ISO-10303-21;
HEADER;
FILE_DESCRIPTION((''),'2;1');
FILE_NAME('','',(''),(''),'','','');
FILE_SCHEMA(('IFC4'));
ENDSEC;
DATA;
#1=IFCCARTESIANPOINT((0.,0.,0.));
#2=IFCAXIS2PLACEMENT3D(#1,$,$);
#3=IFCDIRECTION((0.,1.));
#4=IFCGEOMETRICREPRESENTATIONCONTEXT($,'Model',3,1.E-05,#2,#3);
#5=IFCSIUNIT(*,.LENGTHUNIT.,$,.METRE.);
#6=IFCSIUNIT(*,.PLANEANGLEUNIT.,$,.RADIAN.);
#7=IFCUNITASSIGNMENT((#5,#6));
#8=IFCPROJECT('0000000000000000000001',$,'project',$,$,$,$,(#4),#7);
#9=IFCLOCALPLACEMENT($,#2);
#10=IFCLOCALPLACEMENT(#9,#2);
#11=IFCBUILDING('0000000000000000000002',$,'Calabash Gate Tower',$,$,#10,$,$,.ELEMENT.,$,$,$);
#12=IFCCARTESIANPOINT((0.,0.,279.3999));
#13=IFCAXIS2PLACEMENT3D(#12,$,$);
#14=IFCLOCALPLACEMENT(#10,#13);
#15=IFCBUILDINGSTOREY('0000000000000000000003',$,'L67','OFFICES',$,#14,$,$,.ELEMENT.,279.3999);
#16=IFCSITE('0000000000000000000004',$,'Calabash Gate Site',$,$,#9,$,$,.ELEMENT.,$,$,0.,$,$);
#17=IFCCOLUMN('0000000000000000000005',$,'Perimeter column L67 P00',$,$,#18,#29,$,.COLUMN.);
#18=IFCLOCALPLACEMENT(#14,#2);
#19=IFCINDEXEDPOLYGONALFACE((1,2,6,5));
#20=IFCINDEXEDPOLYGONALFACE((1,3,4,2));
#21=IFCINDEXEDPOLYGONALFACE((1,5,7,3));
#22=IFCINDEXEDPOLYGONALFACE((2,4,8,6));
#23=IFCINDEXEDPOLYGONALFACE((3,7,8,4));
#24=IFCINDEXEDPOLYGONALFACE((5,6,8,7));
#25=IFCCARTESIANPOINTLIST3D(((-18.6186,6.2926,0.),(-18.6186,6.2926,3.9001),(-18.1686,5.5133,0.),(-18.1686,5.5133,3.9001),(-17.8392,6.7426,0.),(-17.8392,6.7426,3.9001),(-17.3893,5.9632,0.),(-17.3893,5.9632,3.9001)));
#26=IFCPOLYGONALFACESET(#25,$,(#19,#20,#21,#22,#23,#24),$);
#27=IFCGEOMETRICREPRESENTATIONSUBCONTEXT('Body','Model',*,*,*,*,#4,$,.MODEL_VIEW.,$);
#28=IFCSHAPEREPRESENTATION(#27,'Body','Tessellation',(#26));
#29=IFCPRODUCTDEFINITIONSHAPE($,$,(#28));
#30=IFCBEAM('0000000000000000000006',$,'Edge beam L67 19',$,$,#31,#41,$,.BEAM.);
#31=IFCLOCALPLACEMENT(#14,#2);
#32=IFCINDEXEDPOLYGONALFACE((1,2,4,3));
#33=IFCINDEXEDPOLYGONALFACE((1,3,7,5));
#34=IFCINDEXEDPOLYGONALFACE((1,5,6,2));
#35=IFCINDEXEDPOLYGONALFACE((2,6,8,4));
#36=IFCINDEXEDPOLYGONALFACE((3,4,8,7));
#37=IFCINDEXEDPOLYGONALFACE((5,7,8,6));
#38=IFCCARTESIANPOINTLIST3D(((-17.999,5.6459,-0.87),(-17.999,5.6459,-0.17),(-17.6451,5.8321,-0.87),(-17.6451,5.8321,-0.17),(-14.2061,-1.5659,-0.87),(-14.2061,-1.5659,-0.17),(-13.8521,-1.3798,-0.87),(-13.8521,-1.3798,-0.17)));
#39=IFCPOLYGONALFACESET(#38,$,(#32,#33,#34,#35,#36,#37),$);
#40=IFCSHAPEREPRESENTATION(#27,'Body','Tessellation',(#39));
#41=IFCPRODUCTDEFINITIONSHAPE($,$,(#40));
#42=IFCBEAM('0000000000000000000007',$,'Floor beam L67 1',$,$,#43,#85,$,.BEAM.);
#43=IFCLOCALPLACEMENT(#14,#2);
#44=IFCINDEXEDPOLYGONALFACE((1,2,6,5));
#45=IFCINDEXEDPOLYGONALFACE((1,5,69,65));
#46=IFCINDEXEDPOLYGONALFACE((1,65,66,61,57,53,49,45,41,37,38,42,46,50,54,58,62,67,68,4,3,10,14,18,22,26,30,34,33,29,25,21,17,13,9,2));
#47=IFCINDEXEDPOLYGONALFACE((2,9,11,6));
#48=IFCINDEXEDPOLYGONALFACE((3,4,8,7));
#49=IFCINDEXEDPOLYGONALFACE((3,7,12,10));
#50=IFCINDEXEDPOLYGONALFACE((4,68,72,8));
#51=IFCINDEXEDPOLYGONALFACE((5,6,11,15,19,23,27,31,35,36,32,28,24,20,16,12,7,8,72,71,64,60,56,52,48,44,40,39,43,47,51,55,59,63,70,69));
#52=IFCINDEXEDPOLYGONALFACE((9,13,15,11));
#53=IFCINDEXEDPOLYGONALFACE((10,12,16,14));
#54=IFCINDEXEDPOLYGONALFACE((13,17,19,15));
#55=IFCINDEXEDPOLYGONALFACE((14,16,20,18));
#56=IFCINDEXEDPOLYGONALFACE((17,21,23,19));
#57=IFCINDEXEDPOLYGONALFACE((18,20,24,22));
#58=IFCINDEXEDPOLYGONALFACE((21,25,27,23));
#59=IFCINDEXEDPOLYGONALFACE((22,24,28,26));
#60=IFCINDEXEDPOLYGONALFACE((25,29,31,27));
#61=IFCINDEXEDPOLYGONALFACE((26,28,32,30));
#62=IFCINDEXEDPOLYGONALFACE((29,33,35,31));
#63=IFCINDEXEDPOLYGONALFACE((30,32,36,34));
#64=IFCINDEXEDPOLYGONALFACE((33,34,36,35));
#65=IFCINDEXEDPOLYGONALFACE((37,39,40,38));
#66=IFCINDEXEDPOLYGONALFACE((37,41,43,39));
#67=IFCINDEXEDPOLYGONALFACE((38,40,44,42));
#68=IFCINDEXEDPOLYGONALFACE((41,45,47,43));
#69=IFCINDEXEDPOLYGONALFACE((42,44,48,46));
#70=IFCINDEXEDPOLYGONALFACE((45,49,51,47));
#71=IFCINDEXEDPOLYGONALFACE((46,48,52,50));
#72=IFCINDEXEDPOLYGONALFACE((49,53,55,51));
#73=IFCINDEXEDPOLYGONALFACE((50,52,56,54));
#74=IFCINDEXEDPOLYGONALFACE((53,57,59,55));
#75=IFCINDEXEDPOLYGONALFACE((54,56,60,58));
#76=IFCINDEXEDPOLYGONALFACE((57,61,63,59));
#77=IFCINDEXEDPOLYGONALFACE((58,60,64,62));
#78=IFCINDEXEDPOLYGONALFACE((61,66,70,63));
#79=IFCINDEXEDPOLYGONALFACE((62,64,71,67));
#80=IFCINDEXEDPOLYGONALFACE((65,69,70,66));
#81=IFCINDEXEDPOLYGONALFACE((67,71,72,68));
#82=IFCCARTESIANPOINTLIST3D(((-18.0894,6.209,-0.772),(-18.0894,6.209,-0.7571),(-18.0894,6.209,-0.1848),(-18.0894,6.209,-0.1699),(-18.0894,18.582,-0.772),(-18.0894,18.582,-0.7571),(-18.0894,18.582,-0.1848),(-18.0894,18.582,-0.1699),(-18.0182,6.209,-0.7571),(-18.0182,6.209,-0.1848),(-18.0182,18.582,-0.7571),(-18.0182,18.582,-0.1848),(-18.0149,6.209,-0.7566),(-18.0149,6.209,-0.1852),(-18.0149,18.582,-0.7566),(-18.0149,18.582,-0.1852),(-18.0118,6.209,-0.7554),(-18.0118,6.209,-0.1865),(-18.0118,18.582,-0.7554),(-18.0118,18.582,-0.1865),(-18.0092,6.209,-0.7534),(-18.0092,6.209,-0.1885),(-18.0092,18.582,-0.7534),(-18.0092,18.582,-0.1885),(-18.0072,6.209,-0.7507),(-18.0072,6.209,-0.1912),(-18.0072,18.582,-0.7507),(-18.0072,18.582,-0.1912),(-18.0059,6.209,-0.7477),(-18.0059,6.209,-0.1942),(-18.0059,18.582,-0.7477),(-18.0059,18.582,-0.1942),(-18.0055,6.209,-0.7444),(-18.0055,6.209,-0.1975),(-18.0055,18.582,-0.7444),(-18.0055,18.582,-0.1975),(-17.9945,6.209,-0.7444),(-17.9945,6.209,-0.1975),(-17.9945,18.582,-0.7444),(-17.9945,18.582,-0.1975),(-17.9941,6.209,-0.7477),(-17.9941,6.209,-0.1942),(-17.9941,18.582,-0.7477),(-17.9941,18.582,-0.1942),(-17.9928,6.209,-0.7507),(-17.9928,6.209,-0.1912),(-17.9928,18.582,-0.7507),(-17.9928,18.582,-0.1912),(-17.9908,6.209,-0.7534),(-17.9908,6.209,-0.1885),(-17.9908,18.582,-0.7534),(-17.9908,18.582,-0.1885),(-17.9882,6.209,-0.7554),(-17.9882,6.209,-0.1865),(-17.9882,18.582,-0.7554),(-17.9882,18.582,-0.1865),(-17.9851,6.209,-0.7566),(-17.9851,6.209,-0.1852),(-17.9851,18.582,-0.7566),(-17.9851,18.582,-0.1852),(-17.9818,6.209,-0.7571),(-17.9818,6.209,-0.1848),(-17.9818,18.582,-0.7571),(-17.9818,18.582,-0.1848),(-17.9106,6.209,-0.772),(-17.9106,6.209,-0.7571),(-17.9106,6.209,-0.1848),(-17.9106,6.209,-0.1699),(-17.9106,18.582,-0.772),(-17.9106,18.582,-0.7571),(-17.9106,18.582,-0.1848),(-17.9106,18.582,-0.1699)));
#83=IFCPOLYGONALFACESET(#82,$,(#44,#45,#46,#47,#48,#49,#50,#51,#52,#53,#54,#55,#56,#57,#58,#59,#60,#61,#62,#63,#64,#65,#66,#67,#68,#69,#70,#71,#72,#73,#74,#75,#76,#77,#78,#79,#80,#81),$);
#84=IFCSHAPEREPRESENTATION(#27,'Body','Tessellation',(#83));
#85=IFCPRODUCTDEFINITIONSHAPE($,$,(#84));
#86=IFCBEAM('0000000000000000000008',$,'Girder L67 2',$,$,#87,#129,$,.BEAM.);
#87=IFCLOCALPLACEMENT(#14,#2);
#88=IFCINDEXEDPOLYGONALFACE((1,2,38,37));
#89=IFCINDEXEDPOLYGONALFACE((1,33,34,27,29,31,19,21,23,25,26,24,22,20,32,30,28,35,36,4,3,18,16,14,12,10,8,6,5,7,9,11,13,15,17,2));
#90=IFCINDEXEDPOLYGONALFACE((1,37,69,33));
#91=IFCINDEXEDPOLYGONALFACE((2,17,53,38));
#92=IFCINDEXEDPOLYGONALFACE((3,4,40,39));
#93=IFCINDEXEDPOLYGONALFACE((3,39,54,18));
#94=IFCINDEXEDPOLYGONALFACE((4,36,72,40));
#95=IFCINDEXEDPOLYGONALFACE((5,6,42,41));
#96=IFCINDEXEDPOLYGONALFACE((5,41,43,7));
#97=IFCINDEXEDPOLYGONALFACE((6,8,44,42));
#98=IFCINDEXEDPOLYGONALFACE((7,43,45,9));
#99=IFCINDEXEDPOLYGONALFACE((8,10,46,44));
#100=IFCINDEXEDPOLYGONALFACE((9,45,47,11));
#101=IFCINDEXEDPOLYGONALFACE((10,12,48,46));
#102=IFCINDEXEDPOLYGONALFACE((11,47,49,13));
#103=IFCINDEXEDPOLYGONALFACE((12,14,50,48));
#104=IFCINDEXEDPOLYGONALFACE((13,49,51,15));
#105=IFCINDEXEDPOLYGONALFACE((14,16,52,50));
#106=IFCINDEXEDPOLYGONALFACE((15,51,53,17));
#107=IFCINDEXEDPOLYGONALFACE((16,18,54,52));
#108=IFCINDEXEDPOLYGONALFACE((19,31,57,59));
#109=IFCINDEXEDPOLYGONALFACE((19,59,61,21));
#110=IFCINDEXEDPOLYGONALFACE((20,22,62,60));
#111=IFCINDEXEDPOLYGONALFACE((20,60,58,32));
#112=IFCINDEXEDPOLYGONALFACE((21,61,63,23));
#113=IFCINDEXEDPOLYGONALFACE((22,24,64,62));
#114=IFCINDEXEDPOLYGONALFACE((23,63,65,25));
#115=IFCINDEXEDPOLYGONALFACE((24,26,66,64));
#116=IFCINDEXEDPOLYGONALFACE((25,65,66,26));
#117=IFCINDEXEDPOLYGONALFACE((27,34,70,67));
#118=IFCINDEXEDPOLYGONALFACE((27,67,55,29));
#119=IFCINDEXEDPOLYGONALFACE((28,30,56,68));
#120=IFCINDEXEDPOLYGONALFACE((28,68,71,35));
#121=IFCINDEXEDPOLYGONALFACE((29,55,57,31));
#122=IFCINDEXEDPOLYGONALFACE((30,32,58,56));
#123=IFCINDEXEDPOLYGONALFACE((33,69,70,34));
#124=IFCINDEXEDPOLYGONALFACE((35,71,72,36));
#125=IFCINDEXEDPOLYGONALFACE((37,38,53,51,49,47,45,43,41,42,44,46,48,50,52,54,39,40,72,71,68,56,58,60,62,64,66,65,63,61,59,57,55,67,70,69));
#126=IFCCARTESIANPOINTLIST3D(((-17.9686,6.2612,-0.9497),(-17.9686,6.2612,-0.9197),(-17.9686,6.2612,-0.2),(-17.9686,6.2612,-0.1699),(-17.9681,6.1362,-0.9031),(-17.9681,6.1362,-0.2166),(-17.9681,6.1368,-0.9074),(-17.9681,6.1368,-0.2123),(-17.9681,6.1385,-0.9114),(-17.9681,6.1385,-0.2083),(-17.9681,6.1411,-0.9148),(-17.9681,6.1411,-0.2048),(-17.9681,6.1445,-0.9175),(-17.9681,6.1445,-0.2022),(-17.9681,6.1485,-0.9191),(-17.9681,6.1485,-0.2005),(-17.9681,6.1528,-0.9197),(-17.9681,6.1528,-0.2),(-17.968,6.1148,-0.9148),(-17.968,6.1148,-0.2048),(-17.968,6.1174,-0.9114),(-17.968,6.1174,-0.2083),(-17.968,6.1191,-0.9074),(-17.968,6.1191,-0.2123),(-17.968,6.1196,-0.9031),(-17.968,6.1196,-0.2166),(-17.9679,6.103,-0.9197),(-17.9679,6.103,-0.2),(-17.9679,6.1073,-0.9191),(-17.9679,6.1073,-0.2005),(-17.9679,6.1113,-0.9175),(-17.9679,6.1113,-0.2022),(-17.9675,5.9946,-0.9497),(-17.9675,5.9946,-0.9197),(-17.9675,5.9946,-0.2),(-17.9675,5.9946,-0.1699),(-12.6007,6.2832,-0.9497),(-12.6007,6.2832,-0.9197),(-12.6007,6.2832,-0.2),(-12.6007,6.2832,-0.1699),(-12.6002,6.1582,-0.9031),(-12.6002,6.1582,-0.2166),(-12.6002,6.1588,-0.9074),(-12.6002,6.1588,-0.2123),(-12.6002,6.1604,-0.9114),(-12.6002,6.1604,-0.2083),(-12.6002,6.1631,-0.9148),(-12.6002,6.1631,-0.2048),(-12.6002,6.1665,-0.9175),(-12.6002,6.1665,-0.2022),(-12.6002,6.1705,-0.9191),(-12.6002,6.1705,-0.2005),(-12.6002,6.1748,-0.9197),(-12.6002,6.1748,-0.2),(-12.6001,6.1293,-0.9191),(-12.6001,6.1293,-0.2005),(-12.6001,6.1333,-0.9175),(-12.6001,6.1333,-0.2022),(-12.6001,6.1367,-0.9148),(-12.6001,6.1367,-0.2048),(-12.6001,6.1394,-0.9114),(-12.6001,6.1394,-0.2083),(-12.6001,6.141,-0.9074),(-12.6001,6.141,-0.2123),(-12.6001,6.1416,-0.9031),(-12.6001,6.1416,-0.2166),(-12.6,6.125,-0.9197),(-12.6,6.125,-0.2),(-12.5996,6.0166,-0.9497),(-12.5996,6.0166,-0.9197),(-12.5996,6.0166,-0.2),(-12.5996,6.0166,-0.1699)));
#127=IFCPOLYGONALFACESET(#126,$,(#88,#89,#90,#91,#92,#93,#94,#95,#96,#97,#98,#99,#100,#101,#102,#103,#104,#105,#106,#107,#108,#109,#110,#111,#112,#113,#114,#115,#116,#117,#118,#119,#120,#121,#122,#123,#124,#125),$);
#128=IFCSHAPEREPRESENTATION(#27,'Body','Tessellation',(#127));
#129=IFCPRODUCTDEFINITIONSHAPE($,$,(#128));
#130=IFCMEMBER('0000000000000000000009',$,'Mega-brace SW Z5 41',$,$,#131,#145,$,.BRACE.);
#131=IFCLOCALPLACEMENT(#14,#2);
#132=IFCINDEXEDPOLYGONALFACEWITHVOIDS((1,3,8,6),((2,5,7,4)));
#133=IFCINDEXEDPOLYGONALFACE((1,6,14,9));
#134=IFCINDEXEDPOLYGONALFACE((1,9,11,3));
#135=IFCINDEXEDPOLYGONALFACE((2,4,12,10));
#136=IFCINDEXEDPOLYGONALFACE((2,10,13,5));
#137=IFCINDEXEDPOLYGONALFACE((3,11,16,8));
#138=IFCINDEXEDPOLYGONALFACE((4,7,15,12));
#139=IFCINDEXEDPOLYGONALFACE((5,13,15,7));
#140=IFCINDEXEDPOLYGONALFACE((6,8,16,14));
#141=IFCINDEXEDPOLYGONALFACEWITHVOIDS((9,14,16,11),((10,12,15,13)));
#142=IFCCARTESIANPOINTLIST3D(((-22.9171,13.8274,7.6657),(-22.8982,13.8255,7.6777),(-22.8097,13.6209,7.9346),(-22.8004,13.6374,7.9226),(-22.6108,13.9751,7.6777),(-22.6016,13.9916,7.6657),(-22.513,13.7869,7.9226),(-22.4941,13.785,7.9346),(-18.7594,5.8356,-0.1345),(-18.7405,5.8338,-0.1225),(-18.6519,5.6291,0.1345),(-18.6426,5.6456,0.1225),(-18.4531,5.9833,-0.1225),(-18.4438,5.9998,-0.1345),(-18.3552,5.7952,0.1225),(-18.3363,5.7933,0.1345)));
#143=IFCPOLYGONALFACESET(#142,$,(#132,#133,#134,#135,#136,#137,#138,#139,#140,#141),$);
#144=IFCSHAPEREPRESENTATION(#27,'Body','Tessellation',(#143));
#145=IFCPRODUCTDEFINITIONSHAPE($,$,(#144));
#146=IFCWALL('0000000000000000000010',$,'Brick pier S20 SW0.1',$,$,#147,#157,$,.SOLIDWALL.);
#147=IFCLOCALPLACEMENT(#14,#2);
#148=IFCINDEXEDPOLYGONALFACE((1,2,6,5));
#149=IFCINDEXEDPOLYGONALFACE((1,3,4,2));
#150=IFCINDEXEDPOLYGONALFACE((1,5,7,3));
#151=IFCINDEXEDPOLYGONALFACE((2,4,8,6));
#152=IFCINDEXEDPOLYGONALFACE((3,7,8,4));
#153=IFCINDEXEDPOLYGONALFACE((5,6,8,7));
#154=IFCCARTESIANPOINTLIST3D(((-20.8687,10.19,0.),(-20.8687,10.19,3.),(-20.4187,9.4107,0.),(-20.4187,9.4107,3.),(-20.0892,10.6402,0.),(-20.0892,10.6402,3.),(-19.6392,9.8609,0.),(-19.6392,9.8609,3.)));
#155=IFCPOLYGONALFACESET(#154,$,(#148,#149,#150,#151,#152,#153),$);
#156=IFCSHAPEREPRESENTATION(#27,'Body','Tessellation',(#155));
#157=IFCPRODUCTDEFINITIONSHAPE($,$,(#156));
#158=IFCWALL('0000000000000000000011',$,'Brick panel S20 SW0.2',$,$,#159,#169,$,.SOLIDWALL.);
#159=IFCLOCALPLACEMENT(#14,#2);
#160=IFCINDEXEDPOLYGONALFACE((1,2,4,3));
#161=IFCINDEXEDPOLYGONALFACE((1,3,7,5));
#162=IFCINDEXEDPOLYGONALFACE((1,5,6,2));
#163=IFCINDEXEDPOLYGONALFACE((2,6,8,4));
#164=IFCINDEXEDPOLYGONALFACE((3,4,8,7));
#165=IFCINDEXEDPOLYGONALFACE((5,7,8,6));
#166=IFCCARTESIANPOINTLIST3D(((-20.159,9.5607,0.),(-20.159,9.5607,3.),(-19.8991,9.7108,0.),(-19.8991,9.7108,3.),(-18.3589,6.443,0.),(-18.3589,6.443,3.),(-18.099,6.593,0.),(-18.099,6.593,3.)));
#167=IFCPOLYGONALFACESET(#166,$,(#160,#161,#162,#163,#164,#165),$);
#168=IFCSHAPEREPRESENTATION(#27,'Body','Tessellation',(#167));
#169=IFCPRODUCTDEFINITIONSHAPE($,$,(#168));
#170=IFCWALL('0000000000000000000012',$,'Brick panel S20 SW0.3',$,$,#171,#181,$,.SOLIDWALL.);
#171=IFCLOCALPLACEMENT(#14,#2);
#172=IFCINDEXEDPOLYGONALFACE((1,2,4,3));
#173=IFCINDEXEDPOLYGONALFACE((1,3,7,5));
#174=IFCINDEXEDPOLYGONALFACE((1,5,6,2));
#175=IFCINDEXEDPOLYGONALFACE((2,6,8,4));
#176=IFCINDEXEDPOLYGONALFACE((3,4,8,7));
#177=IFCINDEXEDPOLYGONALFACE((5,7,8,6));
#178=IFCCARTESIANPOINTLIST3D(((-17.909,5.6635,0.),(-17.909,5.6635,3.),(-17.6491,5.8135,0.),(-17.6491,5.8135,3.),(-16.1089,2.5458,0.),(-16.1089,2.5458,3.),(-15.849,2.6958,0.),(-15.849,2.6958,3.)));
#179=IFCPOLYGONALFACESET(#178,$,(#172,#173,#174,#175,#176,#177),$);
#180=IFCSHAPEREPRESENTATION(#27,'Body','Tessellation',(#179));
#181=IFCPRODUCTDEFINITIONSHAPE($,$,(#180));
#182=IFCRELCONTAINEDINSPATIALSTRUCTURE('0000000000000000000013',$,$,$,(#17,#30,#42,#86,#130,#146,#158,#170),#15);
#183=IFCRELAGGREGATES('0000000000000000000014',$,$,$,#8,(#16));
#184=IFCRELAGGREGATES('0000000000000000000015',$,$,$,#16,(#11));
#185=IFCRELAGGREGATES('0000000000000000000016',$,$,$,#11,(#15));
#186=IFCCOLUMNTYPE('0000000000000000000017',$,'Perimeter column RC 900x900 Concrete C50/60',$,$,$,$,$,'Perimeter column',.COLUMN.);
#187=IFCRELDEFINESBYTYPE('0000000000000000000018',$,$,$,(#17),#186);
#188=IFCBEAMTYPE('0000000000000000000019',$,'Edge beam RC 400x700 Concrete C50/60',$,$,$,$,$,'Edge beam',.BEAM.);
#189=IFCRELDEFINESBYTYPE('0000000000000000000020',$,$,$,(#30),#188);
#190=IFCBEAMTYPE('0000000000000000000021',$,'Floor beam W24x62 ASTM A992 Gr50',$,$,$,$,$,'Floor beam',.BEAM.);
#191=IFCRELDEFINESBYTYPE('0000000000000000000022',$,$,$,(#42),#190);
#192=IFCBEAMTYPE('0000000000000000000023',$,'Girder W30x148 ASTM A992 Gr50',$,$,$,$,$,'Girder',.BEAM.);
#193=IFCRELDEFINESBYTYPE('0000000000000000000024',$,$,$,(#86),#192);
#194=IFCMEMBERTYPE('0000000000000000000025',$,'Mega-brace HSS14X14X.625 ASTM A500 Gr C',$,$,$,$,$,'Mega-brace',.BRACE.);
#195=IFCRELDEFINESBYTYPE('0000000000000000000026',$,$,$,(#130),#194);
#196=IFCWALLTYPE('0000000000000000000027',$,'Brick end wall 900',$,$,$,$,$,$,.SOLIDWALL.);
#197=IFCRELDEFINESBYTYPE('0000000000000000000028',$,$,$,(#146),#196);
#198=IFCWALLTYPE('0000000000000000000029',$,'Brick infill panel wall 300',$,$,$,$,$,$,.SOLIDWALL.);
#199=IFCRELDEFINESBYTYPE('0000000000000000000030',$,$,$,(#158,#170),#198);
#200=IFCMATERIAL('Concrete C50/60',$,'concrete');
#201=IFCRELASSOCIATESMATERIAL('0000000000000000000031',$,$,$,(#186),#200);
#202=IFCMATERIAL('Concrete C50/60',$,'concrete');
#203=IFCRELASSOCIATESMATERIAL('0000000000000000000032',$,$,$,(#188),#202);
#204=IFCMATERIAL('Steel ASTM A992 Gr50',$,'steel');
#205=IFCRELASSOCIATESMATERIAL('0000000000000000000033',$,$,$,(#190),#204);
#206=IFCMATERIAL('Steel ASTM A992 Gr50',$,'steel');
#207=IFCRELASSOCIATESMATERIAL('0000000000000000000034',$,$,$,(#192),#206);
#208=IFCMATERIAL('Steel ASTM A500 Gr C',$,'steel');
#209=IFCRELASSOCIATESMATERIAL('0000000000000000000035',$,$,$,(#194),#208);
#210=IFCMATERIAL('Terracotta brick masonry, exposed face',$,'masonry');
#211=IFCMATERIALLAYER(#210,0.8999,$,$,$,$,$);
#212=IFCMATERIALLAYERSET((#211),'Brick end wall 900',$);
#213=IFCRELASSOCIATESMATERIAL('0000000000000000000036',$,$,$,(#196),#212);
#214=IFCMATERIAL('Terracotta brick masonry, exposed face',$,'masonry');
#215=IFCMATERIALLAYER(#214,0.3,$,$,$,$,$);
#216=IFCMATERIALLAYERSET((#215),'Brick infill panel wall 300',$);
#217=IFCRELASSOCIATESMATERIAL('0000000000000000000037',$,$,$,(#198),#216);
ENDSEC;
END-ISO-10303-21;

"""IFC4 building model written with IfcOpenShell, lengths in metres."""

from ifc_helpers import new_model, si_unit, direction, frame, frame_2d, origin, origin_2d, place, context, subcontext, project, spatial, rectangle, hollow_rectangle, i_section, extrude, material, layer, layer_set, material_profile, profile_set, type_object, element, save


model = new_model("IFC4")

# Units and contexts
model_context = context("Model", 3, precision=1e-05, world=origin(), true_north=direction((0.0, 1.0)))
body_context = subcontext(model_context, "Body", "Model", "MODEL_VIEW")
ifc_project = project(units=[si_unit("LENGTHUNIT", "METRE"), si_unit("PLANEANGLEUNIT", "RADIAN")], contexts=[model_context])

# Site, building, storey
site_placement = place(None, origin())
site = spatial("IfcSite", under=ifc_project, at=site_placement, Name="Calabash Gate Site", CompositionType="ELEMENT", RefElevation=0.0)
building_placement = place(site_placement, origin())
building = spatial("IfcBuilding", under=site, at=building_placement, Name="Calabash Gate Tower", CompositionType="ELEMENT")
storey_placement = place(building_placement, frame((0.0, 0.0, 279.3999)))
storey = spatial("IfcBuildingStorey", under=building, at=storey_placement, Name="L67", Description="OFFICES", CompositionType="ELEMENT", Elevation=279.3999)

# Column
ifc_material_1 = material(Name="Concrete C50/60", Category="concrete")
ifc_material_profile_1 = material_profile(ifc_material_1, rectangle(XDim=0.8999, YDim=0.8999, at=origin_2d()))
ifc_profile_set_1 = profile_set([ifc_material_profile_1], Name="Concrete C50/60")
column_type = type_object("IfcColumnType", Name="Perimeter column RC 900x900 Concrete C50/60", ElementType="Perimeter column", PredefinedType="COLUMN", material=ifc_profile_set_1)
column_placement = place(storey_placement, frame((-18.0039, 6.1279, 0.0), z_axis=(0.0, 0.0, 1.0), x_axis=(0.5, -0.866025, 0.0)))
element("IfcColumn", 1, at=column_placement, inside=storey, type_object=column_type, Name="Perimeter column L67 P00", PredefinedType="COLUMN", context=body_context, shape_type="SweptSolid", body=[
    extrude(rectangle(XDim=0.8999, YDim=0.8999, at=origin_2d()), origin(), (0.0, 0.0, 1.0), 3.9001),
])

# Beams
ifc_material_2 = material(Name="Concrete C50/60", Category="concrete")
ifc_material_profile_2 = material_profile(ifc_material_2, rectangle(XDim=0.3999, YDim=0.7, at=origin_2d()))
ifc_profile_set_2 = profile_set([ifc_material_profile_2], Name="Concrete C50/60")
beam_type_1 = type_object("IfcBeamType", Name="Edge beam RC 400x700 Concrete C50/60", ElementType="Edge beam", PredefinedType="BEAM", material=ifc_profile_set_2)
beam_1_placement = place(storey_placement, frame((-17.822, 5.739, -0.52), z_axis=(0.46548, -0.885059, 0.0), x_axis=(0.885059, 0.46548, 0.0)))
element("IfcBeam", 2, at=beam_1_placement, inside=storey, type_object=beam_type_1, Name="Edge beam L67 19", PredefinedType="BEAM", context=body_context, shape_type="SweptSolid", body=[
    extrude(rectangle(XDim=0.3999, YDim=0.7, at=origin_2d()), origin(), (0.0, 0.0, 1.0), 8.1484),
])
ifc_material_3 = material(Name="Steel ASTM A992 Gr50", Category="steel")
ifc_material_profile_3 = material_profile(ifc_material_3, i_section(OverallWidth=0.1787, OverallDepth=0.6021, WebThickness=0.011, FlangeThickness=0.0149, FilletRadius=0.0127, at=origin_2d()))
ifc_profile_set_3 = profile_set([ifc_material_profile_3], Name="Steel ASTM A992 Gr50")
beam_type_2 = type_object("IfcBeamType", Name="Floor beam W24x62 ASTM A992 Gr50", ElementType="Floor beam", PredefinedType="BEAM", material=ifc_profile_set_3)
beam_2_placement = place(storey_placement, frame((-18.0, 6.209, -0.4709), z_axis=(0.0, 1.0, 0.0), x_axis=(-1.0, 0.0, 0.0)))
element("IfcBeam", 3, at=beam_2_placement, inside=storey, type_object=beam_type_2, Name="Floor beam L67 1", PredefinedType="BEAM", context=body_context, shape_type="SweptSolid", body=[
    extrude(i_section(OverallWidth=0.1787, OverallDepth=0.6021, WebThickness=0.011, FlangeThickness=0.0149, FilletRadius=0.0127, at=origin_2d()), origin(), (0.0, 0.0, 1.0), 12.373),
])
ifc_material_4 = material(Name="Steel ASTM A992 Gr50", Category="steel")
ifc_material_profile_4 = material_profile(ifc_material_4, i_section(OverallWidth=0.2666, OverallDepth=0.7798, WebThickness=0.0166, FlangeThickness=0.03, FilletRadius=0.0166, at=origin_2d()))
ifc_profile_set_4 = profile_set([ifc_material_profile_4], Name="Steel ASTM A992 Gr50")
beam_type_3 = type_object("IfcBeamType", Name="Girder W30x148 ASTM A992 Gr50", ElementType="Girder", PredefinedType="BEAM", material=ifc_profile_set_4)
beam_3_placement = place(storey_placement, frame((-17.968, 6.1279, -0.5598), z_axis=(0.999992, 0.004093, 0.0), x_axis=(-0.004093, 0.999992, 0.0)))
element("IfcBeam", 4, at=beam_3_placement, inside=storey, type_object=beam_type_3, Name="Girder L67 2", PredefinedType="BEAM", context=body_context, shape_type="SweptSolid", body=[
    extrude(i_section(OverallWidth=0.2666, OverallDepth=0.7798, WebThickness=0.0166, FlangeThickness=0.03, FilletRadius=0.0166, at=origin_2d()), origin(), (0.0, 0.0, 1.0), 5.3679),
])

# Member
ifc_material_5 = material(Name="Steel ASTM A500 Gr C", Category="steel")
ifc_material_profile_5 = material_profile(ifc_material_5, hollow_rectangle(XDim=0.3557, YDim=0.3557, WallThickness=0.0159, at=origin_2d()))
ifc_profile_set_5 = profile_set([ifc_material_profile_5], Name="Steel ASTM A500 Gr C")
member_type = type_object("IfcMemberType", Name="Mega-brace HSS14X14X.625 ASTM A500 Gr C", ElementType="Mega-brace", PredefinedType="BRACE", material=ifc_profile_set_5)
member_placement = place(storey_placement, frame((-18.5479, 5.8145, 0.0), z_axis=(-0.348914, 0.670661, 0.654578), x_axis=(-0.887124, -0.46153, 0.0)))
element("IfcMember", 5, at=member_placement, inside=storey, type_object=member_type, Name="Mega-brace SW Z5 41", PredefinedType="BRACE", context=body_context, shape_type="SweptSolid", body=[
    extrude(hollow_rectangle(XDim=0.3557, YDim=0.3557, WallThickness=0.0159, at=origin_2d()), origin(), (0.0, 0.0, 1.0), 11.9163),
])

# Walls
ifc_material_6 = material(Name="Terracotta brick masonry, exposed face", Category="masonry")
ifc_layer_1 = layer(ifc_material_6, 0.8999)
ifc_layer_set_1 = layer_set([ifc_layer_1], Name="Brick end wall 900")
wall_type_1 = type_object("IfcWallType", Name="Brick end wall 900", PredefinedType="SOLIDWALL", material=ifc_layer_set_1)
wall_1_placement = place(storey_placement, frame((-20.6438, 9.8003, 0.0), z_axis=(0.0, 0.0, 1.0), x_axis=(0.865964, 0.500106, 0.0)))
element("IfcWall", 6, at=wall_1_placement, inside=storey, type_object=wall_type_1, Name="Brick pier S20 SW0.1", PredefinedType="SOLIDWALL", context=body_context, shape_type="SweptSolid", body=[
    extrude(rectangle(XDim=0.9001, YDim=0.8999, at=frame_2d((0.4502, 0.0))), origin(), (0.0, 0.0, 1.0), 3.0),
])
ifc_material_7 = material(Name="Terracotta brick masonry, exposed face", Category="masonry")
ifc_layer_2 = layer(ifc_material_7, 0.3)
ifc_layer_set_2 = layer_set([ifc_layer_2], Name="Brick infill panel wall 300")
wall_type_2 = type_object("IfcWallType", Name="Brick infill panel wall 300", PredefinedType="SOLIDWALL", material=ifc_layer_set_2)
for number, where, z_axis, x_axis, name in (
    (7, (-20.0291, 9.6357, 0.0), (0.0, 0.0, 1.0), (0.500012, -0.866018, 0.0), "Brick panel S20 SW0.2"),
    (8, (-17.7791, 5.7385, 0.0), (0.0, 0.0, 1.0), (0.500012, -0.866018, 0.0), "Brick panel S20 SW0.3"),
):
    element("IfcWall", number, at=place(storey_placement, frame(where, z_axis=z_axis, x_axis=x_axis)), inside=storey, type_object=wall_type_2, Name=name, PredefinedType="SOLIDWALL", context=body_context, shape_type="SweptSolid", body=[
        extrude(rectangle(XDim=3.6001, YDim=0.3, at=frame_2d((1.8, 0.0))), origin(), (0.0, 0.0, 1.0), 3.0),
    ])

save(model, "model.ifc")
